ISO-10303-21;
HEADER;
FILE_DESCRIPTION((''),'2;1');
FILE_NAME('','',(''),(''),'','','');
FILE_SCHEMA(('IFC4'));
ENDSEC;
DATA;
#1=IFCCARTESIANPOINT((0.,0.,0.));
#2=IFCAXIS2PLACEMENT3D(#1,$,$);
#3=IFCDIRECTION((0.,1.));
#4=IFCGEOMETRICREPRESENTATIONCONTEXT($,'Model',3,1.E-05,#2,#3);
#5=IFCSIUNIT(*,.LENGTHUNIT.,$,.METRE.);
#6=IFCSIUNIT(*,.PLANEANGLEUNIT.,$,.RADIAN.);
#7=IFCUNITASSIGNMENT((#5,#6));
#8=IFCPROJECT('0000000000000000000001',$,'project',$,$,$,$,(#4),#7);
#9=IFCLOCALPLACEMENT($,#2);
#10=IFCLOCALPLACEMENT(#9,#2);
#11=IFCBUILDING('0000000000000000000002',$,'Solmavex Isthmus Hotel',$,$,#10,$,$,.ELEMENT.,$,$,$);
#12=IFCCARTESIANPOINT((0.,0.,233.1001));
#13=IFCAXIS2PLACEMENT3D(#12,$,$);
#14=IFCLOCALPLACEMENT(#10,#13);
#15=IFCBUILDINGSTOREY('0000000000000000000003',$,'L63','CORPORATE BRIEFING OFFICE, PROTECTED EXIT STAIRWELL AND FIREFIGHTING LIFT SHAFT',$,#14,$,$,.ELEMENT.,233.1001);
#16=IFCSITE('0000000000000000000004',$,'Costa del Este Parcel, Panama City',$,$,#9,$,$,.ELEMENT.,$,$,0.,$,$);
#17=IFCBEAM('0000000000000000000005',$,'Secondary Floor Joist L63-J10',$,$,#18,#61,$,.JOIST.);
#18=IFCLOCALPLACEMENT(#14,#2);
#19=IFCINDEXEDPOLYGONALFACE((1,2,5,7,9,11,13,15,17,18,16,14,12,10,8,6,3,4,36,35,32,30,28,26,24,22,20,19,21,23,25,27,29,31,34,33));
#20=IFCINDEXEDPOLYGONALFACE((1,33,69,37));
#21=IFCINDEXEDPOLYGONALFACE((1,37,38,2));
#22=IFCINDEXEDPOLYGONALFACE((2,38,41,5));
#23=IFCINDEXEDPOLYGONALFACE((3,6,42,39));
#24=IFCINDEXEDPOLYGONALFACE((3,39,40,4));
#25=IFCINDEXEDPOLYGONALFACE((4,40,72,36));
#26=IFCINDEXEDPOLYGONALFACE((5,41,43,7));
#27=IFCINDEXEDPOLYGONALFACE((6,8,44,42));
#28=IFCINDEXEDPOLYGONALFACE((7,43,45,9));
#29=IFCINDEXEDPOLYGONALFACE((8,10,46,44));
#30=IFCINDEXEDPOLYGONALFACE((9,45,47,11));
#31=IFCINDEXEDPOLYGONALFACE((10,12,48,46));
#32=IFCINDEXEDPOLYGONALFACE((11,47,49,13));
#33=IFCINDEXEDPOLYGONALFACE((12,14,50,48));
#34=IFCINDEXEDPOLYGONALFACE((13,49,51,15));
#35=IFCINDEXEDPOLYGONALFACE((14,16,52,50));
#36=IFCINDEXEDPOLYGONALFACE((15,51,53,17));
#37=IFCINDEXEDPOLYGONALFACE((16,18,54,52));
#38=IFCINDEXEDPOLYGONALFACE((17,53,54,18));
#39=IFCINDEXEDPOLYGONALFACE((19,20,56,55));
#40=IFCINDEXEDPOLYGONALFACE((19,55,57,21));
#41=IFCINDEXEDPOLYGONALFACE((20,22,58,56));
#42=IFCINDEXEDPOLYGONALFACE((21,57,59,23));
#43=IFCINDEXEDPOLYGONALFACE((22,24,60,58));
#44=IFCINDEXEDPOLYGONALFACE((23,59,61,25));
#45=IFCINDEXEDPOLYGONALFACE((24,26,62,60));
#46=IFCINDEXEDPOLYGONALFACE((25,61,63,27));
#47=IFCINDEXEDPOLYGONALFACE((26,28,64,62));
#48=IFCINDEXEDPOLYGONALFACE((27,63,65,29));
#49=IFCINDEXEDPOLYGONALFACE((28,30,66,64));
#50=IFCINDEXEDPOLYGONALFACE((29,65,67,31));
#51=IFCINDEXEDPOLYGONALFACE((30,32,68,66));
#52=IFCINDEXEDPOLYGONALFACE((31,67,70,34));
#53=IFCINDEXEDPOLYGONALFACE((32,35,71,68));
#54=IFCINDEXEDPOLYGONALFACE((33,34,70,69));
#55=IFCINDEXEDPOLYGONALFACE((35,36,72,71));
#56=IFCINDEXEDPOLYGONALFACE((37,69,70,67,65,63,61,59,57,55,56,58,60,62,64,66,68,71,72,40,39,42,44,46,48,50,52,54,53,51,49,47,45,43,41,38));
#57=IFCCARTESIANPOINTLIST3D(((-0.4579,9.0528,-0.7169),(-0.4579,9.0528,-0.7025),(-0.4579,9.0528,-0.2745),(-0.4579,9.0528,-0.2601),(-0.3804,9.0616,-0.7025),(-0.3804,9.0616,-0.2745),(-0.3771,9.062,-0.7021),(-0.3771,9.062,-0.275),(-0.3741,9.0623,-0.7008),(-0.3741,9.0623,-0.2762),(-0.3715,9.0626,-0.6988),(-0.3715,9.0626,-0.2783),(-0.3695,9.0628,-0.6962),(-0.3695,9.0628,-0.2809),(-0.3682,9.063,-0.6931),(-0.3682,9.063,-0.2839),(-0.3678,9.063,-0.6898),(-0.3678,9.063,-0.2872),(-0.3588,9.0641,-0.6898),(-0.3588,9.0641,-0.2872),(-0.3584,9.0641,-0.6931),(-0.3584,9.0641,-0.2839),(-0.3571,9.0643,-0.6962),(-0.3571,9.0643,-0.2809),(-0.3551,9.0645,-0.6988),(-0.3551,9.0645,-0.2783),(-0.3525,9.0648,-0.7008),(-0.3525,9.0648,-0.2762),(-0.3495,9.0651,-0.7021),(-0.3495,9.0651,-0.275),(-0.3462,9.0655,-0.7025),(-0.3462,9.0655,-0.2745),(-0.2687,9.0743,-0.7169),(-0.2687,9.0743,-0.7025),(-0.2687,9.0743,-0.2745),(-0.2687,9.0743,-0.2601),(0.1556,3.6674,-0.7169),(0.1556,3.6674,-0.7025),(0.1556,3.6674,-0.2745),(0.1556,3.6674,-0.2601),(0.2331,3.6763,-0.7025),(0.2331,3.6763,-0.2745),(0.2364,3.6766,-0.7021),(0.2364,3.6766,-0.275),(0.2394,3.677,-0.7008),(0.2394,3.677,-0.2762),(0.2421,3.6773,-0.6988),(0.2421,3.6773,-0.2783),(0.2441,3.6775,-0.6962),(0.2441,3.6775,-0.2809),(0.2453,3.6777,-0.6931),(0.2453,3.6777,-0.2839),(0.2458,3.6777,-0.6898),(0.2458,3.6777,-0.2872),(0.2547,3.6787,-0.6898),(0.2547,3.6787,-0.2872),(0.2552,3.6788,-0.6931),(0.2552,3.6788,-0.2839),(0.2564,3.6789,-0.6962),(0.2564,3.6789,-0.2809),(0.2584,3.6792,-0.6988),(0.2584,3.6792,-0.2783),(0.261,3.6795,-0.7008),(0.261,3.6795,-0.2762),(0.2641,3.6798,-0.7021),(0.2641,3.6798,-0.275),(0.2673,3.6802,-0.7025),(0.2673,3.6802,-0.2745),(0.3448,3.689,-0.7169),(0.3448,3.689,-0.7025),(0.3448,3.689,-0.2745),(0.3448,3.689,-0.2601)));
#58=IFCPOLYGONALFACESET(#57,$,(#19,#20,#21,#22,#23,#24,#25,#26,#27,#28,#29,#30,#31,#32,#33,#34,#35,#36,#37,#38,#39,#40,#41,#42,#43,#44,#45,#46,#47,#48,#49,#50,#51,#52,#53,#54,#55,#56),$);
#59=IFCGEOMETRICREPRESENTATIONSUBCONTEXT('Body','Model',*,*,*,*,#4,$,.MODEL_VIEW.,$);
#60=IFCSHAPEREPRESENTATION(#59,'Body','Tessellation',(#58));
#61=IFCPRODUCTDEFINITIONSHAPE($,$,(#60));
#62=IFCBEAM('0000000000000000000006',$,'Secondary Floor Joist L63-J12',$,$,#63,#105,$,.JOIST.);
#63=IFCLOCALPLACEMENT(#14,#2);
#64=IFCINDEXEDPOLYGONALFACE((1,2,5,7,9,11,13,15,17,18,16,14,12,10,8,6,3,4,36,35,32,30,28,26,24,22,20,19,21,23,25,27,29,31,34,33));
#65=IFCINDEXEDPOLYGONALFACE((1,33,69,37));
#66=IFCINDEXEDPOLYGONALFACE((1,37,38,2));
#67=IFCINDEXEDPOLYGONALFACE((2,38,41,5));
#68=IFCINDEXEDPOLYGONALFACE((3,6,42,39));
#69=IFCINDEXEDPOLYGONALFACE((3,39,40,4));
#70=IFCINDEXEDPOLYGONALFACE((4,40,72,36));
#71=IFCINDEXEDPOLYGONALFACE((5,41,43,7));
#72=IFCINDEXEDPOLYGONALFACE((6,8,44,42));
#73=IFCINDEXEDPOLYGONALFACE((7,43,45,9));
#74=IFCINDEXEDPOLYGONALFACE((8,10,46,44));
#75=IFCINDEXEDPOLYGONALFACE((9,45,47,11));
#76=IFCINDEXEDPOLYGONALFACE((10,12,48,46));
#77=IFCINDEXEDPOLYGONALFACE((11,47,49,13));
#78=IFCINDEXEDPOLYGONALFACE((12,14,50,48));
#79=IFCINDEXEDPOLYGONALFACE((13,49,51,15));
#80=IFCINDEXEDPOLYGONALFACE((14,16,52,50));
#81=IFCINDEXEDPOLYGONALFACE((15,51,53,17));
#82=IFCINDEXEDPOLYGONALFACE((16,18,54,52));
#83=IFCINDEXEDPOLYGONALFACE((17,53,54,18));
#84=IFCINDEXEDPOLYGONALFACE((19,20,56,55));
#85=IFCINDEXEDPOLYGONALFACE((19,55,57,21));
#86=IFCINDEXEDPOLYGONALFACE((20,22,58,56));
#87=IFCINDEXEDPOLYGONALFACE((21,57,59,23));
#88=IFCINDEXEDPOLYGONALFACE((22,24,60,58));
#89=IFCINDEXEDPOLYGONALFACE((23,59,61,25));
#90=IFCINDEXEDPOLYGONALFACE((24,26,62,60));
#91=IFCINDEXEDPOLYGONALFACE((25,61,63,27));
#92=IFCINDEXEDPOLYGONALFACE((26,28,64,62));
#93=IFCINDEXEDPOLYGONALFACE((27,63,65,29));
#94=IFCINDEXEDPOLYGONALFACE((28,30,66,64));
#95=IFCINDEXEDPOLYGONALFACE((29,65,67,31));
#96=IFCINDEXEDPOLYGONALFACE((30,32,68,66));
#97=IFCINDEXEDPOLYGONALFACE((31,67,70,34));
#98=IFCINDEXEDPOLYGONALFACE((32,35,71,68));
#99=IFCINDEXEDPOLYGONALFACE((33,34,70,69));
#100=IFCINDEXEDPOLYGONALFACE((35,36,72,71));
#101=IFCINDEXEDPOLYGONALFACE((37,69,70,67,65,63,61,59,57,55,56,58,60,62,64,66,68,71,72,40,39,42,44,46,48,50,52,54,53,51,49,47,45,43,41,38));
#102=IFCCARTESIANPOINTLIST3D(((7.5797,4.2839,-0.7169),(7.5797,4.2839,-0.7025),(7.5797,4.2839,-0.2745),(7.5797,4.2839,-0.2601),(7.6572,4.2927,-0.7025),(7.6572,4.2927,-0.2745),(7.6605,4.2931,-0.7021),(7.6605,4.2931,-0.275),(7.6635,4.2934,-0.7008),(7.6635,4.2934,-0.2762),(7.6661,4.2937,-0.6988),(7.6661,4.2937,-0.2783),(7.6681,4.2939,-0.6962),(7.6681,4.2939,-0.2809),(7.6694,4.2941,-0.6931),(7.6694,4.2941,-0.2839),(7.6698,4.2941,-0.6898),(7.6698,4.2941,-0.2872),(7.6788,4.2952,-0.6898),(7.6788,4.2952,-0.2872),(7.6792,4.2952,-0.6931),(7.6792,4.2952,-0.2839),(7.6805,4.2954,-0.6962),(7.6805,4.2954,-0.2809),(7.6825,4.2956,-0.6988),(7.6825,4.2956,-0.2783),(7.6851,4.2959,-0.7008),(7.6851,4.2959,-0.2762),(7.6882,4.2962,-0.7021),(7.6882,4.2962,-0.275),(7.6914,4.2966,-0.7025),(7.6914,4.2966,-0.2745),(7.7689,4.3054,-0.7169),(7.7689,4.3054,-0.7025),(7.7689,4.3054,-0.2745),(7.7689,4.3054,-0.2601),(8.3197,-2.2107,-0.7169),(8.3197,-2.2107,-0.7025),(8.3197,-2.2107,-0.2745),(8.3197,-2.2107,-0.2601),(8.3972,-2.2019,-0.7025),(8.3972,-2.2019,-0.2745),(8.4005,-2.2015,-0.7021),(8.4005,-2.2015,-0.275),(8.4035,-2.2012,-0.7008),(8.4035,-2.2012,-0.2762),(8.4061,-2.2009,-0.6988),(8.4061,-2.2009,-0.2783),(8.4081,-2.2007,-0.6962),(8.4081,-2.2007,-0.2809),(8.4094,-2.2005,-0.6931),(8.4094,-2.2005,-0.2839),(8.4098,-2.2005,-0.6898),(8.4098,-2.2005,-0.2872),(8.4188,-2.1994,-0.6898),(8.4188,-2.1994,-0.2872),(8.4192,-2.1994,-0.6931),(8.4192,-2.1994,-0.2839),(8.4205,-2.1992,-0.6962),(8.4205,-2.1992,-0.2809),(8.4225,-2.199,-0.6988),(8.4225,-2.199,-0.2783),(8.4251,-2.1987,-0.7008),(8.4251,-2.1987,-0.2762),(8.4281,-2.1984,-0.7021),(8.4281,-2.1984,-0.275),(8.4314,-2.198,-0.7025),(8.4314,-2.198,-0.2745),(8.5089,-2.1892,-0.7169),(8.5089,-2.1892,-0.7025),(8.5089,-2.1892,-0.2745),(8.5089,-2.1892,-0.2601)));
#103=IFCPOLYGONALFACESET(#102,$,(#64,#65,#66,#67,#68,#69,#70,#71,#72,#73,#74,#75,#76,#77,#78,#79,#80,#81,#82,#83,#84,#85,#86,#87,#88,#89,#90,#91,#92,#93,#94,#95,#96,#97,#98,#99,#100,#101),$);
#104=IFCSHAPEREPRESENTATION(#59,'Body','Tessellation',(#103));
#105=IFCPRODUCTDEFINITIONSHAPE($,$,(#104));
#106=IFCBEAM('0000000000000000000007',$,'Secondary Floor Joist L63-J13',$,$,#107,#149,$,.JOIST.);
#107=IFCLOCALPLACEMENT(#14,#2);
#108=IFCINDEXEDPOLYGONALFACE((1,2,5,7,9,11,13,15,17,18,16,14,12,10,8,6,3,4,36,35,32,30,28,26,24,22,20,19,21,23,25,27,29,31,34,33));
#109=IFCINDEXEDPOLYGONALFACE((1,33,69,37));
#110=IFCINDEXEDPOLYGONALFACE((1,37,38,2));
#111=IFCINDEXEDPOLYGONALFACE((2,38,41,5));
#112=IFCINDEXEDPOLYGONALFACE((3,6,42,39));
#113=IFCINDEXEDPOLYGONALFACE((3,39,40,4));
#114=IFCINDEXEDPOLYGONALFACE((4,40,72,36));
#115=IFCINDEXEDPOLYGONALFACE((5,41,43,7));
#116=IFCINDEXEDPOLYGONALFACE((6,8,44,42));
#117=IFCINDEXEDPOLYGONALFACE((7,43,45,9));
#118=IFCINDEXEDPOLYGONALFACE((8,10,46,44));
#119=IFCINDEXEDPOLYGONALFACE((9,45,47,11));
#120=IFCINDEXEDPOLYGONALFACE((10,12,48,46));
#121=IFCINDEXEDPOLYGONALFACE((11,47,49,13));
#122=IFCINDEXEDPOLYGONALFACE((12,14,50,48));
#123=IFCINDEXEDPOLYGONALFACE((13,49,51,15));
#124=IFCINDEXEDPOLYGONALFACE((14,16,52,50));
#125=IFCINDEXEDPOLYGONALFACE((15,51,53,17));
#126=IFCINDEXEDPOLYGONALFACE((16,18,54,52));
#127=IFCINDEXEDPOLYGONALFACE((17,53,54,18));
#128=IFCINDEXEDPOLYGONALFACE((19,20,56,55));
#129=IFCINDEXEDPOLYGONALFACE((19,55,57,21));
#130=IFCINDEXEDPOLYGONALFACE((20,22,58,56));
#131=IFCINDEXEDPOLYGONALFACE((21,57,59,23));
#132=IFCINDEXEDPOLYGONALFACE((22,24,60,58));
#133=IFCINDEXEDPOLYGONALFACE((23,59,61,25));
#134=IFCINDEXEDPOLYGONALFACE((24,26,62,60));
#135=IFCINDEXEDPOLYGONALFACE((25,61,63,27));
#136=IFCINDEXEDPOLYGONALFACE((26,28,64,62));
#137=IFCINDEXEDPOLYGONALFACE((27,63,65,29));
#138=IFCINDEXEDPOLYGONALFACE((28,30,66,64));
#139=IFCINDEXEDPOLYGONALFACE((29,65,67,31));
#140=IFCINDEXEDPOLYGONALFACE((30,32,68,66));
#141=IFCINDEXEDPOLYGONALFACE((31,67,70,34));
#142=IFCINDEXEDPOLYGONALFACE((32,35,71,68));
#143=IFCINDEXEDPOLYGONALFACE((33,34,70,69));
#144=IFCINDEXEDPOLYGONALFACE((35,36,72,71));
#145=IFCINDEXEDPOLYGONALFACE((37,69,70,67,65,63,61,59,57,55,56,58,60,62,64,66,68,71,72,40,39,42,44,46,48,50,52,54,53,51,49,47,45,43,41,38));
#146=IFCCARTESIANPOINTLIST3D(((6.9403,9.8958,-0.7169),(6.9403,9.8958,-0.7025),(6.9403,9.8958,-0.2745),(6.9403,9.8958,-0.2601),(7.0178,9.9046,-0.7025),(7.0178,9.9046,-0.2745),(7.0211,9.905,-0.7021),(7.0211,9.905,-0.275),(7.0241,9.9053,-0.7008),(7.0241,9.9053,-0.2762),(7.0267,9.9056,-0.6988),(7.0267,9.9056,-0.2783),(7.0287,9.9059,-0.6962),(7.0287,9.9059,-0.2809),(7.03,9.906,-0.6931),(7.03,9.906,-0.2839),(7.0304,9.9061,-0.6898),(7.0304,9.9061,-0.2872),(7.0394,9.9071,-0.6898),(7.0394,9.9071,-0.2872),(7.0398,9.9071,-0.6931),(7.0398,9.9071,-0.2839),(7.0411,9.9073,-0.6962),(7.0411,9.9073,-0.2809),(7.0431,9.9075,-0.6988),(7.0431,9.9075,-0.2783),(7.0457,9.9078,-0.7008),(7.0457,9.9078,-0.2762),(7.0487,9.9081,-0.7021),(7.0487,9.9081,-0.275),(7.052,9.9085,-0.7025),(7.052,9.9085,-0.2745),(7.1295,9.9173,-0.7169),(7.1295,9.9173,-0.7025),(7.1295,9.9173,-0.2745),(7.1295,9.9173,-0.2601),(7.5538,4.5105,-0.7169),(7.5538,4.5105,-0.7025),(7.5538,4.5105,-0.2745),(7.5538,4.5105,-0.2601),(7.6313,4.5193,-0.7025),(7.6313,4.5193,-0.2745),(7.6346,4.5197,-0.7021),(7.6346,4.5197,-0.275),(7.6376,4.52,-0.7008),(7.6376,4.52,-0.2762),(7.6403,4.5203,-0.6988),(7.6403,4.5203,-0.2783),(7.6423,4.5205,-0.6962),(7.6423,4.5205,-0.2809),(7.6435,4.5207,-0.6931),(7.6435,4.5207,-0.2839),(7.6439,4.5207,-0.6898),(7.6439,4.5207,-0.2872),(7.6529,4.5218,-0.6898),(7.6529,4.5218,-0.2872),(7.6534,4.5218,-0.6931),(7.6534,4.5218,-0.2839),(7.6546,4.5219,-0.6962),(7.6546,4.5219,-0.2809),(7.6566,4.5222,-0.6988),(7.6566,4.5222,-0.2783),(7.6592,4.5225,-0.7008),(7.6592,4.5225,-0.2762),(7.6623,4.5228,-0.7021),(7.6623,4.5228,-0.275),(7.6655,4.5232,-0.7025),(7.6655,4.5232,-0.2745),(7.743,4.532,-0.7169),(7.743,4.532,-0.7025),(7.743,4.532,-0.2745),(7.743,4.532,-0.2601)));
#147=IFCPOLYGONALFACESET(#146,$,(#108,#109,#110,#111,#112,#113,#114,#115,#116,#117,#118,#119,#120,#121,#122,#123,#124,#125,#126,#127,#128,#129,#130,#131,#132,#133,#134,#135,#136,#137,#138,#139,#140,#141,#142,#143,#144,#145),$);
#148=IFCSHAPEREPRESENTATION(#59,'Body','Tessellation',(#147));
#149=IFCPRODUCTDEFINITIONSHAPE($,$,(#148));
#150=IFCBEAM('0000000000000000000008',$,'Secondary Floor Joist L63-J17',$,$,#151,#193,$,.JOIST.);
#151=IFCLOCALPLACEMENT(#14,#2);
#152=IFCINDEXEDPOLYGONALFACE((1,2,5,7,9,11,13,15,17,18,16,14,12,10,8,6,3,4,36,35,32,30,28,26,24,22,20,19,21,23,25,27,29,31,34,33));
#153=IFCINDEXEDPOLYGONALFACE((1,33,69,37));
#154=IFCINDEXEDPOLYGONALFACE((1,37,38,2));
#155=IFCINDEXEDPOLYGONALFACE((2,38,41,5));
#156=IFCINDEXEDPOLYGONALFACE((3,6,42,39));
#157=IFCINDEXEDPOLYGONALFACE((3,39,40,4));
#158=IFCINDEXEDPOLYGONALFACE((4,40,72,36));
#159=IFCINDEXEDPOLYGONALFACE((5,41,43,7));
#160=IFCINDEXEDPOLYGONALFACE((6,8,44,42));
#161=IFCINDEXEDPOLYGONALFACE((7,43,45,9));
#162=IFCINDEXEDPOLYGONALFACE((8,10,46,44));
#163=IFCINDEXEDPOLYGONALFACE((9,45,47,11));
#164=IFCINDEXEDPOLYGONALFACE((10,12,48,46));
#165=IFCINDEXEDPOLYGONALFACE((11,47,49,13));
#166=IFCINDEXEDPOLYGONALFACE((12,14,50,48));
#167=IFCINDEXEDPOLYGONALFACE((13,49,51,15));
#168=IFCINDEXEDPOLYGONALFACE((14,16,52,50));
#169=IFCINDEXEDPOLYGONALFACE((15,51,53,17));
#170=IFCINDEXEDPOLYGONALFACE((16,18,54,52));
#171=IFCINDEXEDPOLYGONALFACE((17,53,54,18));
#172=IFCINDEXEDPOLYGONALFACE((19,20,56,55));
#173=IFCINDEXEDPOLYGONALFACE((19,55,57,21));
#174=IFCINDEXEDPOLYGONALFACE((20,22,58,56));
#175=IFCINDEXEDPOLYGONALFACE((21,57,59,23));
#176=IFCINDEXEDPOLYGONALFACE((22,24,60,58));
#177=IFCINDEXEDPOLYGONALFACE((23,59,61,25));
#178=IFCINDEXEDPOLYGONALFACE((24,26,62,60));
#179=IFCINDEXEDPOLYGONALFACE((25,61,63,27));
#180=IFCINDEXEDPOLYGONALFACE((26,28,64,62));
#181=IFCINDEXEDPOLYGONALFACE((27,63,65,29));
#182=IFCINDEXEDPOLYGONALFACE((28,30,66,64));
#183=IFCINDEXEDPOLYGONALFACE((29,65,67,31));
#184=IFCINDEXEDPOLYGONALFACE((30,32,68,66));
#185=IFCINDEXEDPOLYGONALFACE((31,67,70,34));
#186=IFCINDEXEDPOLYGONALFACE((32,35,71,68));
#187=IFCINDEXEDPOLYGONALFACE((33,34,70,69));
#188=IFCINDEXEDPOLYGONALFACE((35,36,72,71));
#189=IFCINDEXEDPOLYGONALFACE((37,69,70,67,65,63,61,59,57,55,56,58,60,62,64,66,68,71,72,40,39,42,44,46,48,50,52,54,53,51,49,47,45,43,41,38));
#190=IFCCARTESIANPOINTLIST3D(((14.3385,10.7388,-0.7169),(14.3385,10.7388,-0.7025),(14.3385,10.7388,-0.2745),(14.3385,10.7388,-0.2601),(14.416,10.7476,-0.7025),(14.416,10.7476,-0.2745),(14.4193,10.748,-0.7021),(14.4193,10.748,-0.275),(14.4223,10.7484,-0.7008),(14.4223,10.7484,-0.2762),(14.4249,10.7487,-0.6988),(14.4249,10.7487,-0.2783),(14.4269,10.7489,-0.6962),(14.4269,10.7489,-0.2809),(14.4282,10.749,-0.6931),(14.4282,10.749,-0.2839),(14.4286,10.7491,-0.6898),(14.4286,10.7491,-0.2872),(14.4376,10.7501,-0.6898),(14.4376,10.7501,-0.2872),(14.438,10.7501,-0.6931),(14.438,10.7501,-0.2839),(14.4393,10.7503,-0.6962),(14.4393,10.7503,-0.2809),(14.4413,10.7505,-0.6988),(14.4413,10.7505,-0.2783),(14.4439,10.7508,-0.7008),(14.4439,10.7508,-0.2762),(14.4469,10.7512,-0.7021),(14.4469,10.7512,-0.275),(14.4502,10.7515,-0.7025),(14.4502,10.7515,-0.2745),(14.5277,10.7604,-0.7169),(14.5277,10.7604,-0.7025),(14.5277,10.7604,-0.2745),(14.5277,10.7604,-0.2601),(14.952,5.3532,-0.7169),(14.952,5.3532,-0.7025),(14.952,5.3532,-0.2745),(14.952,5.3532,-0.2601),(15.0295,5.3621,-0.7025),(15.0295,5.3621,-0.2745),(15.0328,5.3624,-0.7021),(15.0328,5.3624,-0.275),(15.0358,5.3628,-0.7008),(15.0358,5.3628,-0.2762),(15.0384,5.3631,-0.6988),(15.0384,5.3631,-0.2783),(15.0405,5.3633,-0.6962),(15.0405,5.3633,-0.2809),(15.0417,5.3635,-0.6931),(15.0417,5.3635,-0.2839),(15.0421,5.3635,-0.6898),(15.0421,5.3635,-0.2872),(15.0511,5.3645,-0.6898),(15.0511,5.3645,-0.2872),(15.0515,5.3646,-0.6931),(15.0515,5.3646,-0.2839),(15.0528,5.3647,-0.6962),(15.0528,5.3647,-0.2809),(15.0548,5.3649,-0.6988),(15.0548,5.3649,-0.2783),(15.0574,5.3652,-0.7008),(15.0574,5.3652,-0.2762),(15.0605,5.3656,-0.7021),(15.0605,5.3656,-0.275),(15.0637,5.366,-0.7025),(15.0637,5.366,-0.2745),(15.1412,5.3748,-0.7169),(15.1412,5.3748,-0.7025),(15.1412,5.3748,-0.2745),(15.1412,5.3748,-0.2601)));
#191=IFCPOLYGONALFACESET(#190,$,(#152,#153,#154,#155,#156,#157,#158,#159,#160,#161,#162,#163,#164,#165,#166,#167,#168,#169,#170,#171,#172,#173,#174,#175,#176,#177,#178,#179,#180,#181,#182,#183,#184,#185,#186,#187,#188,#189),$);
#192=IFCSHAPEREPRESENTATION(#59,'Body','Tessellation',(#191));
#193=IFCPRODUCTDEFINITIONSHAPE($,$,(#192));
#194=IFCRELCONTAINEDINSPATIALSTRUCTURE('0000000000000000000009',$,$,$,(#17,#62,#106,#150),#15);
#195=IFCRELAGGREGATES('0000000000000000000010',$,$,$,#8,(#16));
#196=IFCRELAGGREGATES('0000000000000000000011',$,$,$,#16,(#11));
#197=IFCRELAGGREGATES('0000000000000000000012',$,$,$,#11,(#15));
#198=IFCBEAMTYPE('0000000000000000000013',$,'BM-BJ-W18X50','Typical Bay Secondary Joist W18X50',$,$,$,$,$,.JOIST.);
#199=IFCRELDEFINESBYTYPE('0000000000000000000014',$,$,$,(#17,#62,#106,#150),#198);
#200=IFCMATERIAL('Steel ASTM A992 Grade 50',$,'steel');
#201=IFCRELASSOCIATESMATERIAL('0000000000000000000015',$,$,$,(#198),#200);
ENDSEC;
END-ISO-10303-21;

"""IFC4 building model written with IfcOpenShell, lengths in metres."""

from ifc_helpers import new_model, si_unit, direction, frame, origin, origin_2d, place, context, subcontext, project, spatial, i_section, extrude, material, material_profile, profile_set, type_object, element, save


model = new_model("IFC4")

# Units and contexts
model_context = context("Model", 3, precision=1e-05, world=origin(), true_north=direction((0.0, 1.0)))
body_context = subcontext(model_context, "Body", "Model", "MODEL_VIEW")
ifc_project = project(units=[si_unit("LENGTHUNIT", "METRE"), si_unit("PLANEANGLEUNIT", "RADIAN")], contexts=[model_context])

# Site, building, storey
site_placement = place(None, origin())
site = spatial("IfcSite", under=ifc_project, at=site_placement, Name="Costa del Este Parcel, Panama City", CompositionType="ELEMENT", RefElevation=0.0)
building_placement = place(site_placement, origin())
building = spatial("IfcBuilding", under=site, at=building_placement, Name="Solmavex Isthmus Hotel", CompositionType="ELEMENT")
storey_placement = place(building_placement, frame((0.0, 0.0, 233.1001)))
storey = spatial("IfcBuildingStorey", under=building, at=storey_placement, Name="L63", Description="CORPORATE BRIEFING OFFICE, PROTECTED EXIT STAIRWELL AND FIREFIGHTING LIFT SHAFT", CompositionType="ELEMENT", Elevation=233.1001)

# Beams
ifc_material_1 = material(Name="Steel ASTM A992 Grade 50", Category="steel")
ifc_material_profile_1 = material_profile(ifc_material_1, i_section(OverallWidth=0.1904, OverallDepth=0.4568, WebThickness=0.009, FlangeThickness=0.0144, FilletRadius=0.0127, at=origin_2d()), Name="W18X50")
ifc_profile_set_1 = profile_set([ifc_material_profile_1], Name="Steel ASTM A992 Grade 50")
beam_type_1 = type_object("IfcBeamType", Name="BM-BJ-W18X50", Description="Typical Bay Secondary Joist W18X50", PredefinedType="JOIST", material=ifc_profile_set_1)
beam_1_placement = place(storey_placement, frame((0.2502, 3.6782, -0.4885), z_axis=(-0.113195, 0.993573, 0.0), x_axis=(-0.993573, -0.113195, 0.0)))
element("IfcBeam", 1, at=beam_1_placement, inside=storey, type_object=beam_type_1, Name="Secondary Floor Joist L63-J10", PredefinedType="JOIST", context=body_context, shape_type="SweptSolid", body=[
    extrude(i_section(OverallWidth=0.1904, OverallDepth=0.4568, WebThickness=0.009, FlangeThickness=0.0144, FilletRadius=0.0127, at=origin_2d()), origin(), (0.0, 0.0, 1.0), 5.4202),
])
beam_2_placement = place(storey_placement, frame((8.4143, -2.2, -0.4885), z_axis=(-0.113206, 0.993571, 0.0), x_axis=(-0.993571, -0.113206, 0.0)))
element("IfcBeam", 2, at=beam_2_placement, inside=storey, type_object=beam_type_1, Name="Secondary Floor Joist L63-J12", PredefinedType="JOIST", context=body_context, shape_type="SweptSolid", body=[
    extrude(i_section(OverallWidth=0.1904, OverallDepth=0.4568, WebThickness=0.009, FlangeThickness=0.0144, FilletRadius=0.0127, at=origin_2d()), origin(), (0.0, 0.0, 1.0), 6.5366),
])
beam_3_placement = place(storey_placement, frame((7.6484, 4.5212, -0.4885), z_axis=(-0.113195, 0.993573, 0.0), x_axis=(-0.993573, -0.113195, 0.0)))
element("IfcBeam", 3, at=beam_3_placement, inside=storey, type_object=beam_type_1, Name="Secondary Floor Joist L63-J13", PredefinedType="JOIST", context=body_context, shape_type="SweptSolid", body=[
    extrude(i_section(OverallWidth=0.1904, OverallDepth=0.4568, WebThickness=0.009, FlangeThickness=0.0144, FilletRadius=0.0127, at=origin_2d()), origin(), (0.0, 0.0, 1.0), 5.4202),
])
beam_4_placement = place(storey_placement, frame((15.0466, 5.364, -0.4885), z_axis=(-0.11319, 0.993573, 0.0), x_axis=(-0.993573, -0.11319, 0.0)))
element("IfcBeam", 4, at=beam_4_placement, inside=storey, type_object=beam_type_1, Name="Secondary Floor Joist L63-J17", PredefinedType="JOIST", context=body_context, shape_type="SweptSolid", body=[
    extrude(i_section(OverallWidth=0.1904, OverallDepth=0.4568, WebThickness=0.009, FlangeThickness=0.0144, FilletRadius=0.0127, at=origin_2d()), origin(), (0.0, 0.0, 1.0), 5.4204),
])

save(model, "model.ifc")
